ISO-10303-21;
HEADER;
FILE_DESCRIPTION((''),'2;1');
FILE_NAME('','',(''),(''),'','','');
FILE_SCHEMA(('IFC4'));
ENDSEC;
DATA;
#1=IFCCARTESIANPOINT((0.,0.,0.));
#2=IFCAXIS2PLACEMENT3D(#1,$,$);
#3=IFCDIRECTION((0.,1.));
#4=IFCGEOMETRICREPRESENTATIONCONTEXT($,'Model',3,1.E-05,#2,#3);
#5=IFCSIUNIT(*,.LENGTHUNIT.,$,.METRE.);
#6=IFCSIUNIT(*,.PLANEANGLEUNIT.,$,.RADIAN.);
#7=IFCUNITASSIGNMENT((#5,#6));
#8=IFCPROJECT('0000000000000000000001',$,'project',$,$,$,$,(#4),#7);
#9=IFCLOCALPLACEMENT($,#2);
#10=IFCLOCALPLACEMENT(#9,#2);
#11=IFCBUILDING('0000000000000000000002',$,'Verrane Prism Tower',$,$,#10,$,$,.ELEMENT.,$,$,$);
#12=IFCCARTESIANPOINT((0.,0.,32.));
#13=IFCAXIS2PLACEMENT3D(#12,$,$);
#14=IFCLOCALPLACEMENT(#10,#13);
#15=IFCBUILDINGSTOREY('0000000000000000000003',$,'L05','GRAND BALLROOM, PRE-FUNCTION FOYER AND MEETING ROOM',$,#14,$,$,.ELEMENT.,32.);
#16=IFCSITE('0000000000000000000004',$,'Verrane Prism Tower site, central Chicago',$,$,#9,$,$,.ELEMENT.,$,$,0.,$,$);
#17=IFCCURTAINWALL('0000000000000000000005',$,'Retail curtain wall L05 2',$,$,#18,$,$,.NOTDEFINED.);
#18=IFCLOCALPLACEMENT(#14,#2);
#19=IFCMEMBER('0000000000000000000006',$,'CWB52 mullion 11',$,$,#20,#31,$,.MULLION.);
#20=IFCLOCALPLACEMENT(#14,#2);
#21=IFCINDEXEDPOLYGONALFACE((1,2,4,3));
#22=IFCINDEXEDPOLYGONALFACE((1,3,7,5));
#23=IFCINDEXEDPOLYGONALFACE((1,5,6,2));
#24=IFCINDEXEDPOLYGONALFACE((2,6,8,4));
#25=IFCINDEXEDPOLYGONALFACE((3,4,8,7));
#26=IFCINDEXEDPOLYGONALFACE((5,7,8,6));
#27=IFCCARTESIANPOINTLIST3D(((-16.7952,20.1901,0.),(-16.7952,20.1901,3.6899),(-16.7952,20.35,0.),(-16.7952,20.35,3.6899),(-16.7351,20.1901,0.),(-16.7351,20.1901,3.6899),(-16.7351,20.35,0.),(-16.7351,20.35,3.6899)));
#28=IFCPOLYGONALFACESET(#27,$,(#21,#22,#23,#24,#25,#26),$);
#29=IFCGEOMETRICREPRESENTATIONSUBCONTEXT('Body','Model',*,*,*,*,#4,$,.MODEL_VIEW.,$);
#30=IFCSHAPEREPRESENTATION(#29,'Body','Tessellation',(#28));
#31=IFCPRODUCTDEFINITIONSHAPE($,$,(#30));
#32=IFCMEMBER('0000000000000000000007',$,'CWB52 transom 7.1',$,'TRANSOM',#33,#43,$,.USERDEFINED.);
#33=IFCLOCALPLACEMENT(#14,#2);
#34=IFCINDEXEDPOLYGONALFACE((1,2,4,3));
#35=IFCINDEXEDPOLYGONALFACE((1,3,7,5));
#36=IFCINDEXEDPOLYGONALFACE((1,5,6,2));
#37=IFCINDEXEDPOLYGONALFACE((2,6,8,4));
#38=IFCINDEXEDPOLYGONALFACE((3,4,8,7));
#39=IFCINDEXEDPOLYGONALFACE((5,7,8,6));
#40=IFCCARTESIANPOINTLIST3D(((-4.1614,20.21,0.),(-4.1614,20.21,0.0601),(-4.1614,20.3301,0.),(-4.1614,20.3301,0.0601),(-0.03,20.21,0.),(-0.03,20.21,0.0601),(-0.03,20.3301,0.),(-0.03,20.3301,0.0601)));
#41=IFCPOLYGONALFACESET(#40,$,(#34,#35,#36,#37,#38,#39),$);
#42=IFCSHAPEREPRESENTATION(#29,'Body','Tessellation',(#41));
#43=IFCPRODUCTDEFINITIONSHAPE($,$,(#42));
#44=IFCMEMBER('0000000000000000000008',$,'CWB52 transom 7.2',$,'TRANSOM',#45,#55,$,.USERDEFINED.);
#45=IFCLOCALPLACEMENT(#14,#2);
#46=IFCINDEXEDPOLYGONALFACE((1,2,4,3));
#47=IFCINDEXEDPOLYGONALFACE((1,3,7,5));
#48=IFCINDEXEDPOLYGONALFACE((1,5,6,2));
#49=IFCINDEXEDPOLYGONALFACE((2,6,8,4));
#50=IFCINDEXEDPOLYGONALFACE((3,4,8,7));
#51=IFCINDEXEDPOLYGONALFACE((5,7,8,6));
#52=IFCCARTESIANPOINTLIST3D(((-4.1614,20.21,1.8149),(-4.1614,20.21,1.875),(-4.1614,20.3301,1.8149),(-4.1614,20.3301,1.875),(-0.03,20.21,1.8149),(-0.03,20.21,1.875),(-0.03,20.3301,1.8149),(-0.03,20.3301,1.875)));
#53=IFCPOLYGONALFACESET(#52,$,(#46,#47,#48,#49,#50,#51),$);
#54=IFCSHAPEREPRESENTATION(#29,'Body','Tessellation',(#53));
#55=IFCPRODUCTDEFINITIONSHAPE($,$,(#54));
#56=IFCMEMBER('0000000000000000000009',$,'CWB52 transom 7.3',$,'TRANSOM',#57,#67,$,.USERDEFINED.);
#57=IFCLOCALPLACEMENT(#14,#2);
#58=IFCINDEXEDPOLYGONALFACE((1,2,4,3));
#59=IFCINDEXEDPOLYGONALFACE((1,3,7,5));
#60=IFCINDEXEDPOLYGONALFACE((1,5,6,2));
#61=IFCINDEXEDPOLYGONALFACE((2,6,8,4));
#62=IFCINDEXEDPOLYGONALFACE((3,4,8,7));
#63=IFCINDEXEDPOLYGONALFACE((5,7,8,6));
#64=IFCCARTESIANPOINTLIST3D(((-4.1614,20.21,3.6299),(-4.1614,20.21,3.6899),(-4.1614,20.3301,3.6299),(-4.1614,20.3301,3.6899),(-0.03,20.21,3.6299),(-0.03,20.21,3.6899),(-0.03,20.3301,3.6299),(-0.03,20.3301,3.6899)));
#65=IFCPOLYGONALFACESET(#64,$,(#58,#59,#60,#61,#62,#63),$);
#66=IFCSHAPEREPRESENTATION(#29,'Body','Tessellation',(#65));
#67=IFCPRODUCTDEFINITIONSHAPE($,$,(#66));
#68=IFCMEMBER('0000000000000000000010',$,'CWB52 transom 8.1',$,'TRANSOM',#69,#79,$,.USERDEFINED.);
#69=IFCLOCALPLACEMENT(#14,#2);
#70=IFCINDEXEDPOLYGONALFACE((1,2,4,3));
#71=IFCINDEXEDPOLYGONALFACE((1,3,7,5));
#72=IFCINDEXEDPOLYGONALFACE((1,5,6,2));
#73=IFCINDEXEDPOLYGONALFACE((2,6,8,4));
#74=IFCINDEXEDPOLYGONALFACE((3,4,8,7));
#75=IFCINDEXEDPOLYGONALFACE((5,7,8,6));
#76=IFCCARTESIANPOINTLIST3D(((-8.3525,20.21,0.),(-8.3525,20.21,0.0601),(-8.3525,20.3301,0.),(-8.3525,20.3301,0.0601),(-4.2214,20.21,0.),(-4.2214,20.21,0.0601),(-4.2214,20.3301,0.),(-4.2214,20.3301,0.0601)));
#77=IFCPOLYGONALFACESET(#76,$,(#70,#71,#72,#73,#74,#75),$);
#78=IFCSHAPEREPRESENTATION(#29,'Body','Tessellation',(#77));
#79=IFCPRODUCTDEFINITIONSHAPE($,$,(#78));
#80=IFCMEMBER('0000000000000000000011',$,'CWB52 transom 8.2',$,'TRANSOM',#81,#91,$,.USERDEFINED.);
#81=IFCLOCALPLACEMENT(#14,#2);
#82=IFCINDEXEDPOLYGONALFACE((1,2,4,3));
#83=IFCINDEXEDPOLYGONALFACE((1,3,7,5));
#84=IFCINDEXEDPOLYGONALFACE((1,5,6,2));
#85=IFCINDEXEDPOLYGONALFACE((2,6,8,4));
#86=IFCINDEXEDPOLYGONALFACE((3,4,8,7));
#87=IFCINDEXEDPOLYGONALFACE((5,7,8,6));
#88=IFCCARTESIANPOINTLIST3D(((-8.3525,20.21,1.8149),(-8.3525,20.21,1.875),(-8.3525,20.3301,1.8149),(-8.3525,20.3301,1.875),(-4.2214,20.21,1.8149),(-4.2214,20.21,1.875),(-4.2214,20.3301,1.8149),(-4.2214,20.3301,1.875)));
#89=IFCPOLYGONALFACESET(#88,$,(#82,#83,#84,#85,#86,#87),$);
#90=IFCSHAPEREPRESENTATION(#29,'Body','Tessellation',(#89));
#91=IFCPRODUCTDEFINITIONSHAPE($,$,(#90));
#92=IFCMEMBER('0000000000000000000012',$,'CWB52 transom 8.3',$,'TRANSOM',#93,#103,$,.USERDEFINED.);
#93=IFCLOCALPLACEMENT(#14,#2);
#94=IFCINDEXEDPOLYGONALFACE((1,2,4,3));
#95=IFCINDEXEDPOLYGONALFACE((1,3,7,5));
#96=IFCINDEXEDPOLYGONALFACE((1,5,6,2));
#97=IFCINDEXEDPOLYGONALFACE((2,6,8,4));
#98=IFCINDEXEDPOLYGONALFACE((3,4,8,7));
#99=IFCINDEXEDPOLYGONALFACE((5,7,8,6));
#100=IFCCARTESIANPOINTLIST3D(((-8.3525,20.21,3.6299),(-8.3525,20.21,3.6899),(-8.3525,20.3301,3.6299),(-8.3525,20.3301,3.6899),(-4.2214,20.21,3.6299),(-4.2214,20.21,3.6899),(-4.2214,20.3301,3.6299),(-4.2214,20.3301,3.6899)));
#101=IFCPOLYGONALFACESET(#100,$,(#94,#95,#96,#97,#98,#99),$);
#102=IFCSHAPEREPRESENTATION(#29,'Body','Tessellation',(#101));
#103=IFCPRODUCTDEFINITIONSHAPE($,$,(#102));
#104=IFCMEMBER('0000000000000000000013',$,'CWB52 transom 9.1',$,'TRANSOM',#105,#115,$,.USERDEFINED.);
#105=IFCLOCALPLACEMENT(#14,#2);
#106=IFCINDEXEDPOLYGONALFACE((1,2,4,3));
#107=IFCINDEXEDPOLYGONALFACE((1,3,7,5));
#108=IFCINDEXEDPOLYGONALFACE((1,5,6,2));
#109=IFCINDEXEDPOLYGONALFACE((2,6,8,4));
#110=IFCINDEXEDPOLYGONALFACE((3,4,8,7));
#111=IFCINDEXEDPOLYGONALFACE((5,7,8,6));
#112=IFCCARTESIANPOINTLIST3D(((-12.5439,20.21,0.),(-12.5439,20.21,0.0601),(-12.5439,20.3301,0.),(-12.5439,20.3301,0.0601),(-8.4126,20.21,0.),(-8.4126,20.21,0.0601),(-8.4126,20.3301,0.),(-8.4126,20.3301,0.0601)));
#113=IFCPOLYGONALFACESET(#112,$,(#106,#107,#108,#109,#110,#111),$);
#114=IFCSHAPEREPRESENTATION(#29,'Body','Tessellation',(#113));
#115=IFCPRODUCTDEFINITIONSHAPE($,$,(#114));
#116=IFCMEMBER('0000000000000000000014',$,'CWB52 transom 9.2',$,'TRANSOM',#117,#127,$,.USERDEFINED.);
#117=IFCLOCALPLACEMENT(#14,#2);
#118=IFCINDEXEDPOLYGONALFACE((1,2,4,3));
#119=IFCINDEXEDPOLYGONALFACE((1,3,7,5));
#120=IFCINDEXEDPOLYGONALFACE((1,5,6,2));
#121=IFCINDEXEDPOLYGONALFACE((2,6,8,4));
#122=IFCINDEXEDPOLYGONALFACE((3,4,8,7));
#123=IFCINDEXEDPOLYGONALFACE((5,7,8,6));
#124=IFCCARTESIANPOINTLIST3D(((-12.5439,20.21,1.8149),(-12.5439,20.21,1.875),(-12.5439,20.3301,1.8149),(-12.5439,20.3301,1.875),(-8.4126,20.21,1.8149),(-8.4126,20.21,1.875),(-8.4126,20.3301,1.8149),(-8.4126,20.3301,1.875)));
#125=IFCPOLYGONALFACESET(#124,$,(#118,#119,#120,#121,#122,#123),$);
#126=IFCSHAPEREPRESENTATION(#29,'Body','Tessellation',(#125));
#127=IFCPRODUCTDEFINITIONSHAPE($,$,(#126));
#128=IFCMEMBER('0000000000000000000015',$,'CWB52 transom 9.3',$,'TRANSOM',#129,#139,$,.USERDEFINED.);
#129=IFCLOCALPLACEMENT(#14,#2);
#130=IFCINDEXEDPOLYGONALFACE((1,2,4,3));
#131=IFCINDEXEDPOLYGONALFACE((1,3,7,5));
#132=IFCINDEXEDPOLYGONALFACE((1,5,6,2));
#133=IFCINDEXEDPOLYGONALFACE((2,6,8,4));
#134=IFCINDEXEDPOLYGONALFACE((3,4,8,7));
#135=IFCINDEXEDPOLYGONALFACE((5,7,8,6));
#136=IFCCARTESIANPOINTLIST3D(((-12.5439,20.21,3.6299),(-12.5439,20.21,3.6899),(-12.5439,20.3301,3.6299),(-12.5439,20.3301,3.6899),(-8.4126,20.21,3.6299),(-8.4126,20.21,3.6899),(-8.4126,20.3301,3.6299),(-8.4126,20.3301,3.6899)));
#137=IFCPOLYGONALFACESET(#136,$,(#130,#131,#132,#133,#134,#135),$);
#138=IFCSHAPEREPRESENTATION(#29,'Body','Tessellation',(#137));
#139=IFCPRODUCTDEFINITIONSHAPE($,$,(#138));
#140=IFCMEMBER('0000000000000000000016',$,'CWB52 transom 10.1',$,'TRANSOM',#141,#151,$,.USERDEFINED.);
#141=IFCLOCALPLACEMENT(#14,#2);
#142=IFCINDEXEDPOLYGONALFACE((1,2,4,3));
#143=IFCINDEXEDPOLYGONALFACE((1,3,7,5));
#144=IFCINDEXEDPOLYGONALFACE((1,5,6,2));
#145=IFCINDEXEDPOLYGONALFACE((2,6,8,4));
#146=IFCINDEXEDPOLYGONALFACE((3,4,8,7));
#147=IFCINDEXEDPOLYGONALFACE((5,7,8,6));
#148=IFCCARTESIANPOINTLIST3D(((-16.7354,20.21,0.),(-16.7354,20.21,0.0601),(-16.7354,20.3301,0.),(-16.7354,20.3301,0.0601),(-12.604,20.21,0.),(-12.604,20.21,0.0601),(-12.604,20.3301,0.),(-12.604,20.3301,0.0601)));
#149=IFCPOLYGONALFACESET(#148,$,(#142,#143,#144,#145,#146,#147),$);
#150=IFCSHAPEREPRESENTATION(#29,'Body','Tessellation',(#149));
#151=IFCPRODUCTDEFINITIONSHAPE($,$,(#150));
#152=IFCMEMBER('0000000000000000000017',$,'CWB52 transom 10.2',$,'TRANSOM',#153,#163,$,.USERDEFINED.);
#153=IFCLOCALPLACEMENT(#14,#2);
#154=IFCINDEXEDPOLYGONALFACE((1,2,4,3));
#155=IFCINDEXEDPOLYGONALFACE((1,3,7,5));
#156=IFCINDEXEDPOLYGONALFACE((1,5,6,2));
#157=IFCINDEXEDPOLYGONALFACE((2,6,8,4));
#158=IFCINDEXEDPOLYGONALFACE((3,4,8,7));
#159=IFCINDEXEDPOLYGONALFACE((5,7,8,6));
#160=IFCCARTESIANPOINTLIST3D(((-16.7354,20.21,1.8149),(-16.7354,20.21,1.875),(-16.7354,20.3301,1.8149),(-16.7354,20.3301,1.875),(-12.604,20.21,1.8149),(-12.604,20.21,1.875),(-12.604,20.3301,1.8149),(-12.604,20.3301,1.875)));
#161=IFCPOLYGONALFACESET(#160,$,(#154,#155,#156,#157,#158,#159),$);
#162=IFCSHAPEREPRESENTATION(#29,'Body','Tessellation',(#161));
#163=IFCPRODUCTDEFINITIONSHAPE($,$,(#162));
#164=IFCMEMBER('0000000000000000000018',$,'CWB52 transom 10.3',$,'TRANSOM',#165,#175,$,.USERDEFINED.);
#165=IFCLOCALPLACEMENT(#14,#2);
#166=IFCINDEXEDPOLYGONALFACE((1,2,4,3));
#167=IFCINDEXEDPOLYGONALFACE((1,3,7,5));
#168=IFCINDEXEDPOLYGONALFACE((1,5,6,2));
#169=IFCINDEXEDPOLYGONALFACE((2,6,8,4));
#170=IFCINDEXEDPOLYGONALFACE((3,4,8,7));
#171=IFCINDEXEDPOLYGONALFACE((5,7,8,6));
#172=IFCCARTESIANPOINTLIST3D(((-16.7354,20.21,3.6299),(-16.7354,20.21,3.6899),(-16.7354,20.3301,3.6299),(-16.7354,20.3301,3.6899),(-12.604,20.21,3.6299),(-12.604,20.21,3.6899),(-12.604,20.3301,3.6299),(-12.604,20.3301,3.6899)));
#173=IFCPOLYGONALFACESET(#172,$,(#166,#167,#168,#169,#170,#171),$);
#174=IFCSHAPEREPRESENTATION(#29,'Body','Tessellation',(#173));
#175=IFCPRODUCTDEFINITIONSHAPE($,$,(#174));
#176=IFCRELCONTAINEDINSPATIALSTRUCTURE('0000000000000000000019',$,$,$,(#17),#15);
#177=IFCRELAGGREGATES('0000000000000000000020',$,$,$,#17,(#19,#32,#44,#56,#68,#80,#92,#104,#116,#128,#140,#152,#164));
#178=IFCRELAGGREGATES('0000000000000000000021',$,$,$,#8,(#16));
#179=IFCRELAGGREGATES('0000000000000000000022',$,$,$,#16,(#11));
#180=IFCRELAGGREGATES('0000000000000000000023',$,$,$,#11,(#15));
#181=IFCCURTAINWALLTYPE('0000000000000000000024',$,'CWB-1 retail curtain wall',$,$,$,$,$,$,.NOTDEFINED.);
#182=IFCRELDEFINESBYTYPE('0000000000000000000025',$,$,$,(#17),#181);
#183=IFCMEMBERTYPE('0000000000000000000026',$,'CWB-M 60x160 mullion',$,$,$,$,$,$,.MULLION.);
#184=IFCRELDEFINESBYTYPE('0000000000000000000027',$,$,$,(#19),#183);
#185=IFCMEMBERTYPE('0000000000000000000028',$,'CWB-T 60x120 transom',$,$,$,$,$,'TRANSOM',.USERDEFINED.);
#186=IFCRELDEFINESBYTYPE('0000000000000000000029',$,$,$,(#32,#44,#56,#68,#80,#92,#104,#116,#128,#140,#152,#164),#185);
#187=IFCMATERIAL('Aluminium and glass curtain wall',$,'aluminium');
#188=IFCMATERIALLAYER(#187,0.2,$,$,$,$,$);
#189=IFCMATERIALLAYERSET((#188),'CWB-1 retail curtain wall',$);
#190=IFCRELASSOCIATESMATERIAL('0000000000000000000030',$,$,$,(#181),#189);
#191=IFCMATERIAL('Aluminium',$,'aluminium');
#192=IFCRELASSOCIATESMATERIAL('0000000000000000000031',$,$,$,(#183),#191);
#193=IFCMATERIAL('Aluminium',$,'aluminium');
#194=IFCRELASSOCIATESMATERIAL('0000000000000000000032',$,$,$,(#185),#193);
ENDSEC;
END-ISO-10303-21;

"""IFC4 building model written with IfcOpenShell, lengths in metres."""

from ifc_helpers import new_model, si_unit, direction, frame, origin, origin_2d, place, context, subcontext, project, spatial, rectangle, extrude, material, layer, layer_set, material_profile, profile_set, type_object, element, aggregate, save


model = new_model("IFC4")

# Units and contexts
model_context = context("Model", 3, precision=1e-05, world=origin(), true_north=direction((0.0, 1.0)))
body_context = subcontext(model_context, "Body", "Model", "MODEL_VIEW")
ifc_project = project(units=[si_unit("LENGTHUNIT", "METRE"), si_unit("PLANEANGLEUNIT", "RADIAN")], contexts=[model_context])

# Site, building, storey
site_placement = place(None, origin())
site = spatial("IfcSite", under=ifc_project, at=site_placement, Name="Verrane Prism Tower site, central Chicago", CompositionType="ELEMENT", RefElevation=0.0)
building_placement = place(site_placement, origin())
building = spatial("IfcBuilding", under=site, at=building_placement, Name="Verrane Prism Tower", CompositionType="ELEMENT")
storey_placement = place(building_placement, frame((0.0, 0.0, 32.0)))
storey = spatial("IfcBuildingStorey", under=building, at=storey_placement, Name="L05", Description="GRAND BALLROOM, PRE-FUNCTION FOYER AND MEETING ROOM", CompositionType="ELEMENT", Elevation=32.0)

# Curtain wall, members
ifc_material_1 = material(Name="Aluminium and glass curtain wall", Category="aluminium")
ifc_layer_1 = layer(ifc_material_1, 0.2)
ifc_layer_set_1 = layer_set([ifc_layer_1], Name="CWB-1 retail curtain wall")
curtain_wall_type = type_object("IfcCurtainWallType", Name="CWB-1 retail curtain wall", PredefinedType="NOTDEFINED", material=ifc_layer_set_1)
curtain_wall_placement = place(storey_placement, origin())
curtain_wall = element("IfcCurtainWall", 1, at=curtain_wall_placement, inside=storey, type_object=curtain_wall_type, Name="Retail curtain wall L05 2", PredefinedType="NOTDEFINED")
ifc_material_2 = material(Name="Aluminium", Category="aluminium")
ifc_material_profile_1 = material_profile(ifc_material_2, rectangle(XDim=0.1599, YDim=0.0601, at=origin_2d()), Name="CWB-M 60x160 mullion")
ifc_profile_set_1 = profile_set([ifc_material_profile_1], Name="Aluminium")
member_type_1 = type_object("IfcMemberType", Name="CWB-M 60x160 mullion", PredefinedType="MULLION", material=ifc_profile_set_1)
member_1_placement = place(storey_placement, frame((-16.7651, 20.27, 0.0), z_axis=(0.0, 0.0, 1.0), x_axis=(0.0, -1.0, 0.0)))
member_1 = element("IfcMember", 2, at=member_1_placement, type_object=member_type_1, Name="CWB52 mullion 11", PredefinedType="MULLION", context=body_context, shape_type="SweptSolid", body=[
    extrude(rectangle(XDim=0.1599, YDim=0.0601, at=origin_2d()), origin(), (0.0, 0.0, 1.0), 3.6899),
])
ifc_material_3 = material(Name="Aluminium", Category="aluminium")
ifc_material_profile_2 = material_profile(ifc_material_3, rectangle(XDim=0.1201, YDim=0.0601, at=origin_2d()), Name="CWB-T 60x120 transom")
ifc_profile_set_2 = profile_set([ifc_material_profile_2], Name="Aluminium")
member_type_2 = type_object("IfcMemberType", Name="CWB-T 60x120 transom", ElementType="TRANSOM", PredefinedType="USERDEFINED", material=ifc_profile_set_2)
member_2_placement = place(storey_placement, frame((-0.03, 20.27, 0.03), z_axis=(-1.0, 0.0, 0.0), x_axis=(0.0, -1.0, 0.0)))
member_2 = element("IfcMember", 3, at=member_2_placement, type_object=member_type_2, Name="CWB52 transom 7.1", ObjectType="TRANSOM", PredefinedType="USERDEFINED", context=body_context, shape_type="SweptSolid", body=[
    extrude(rectangle(XDim=0.1201, YDim=0.0601, at=origin_2d()), origin(), (0.0, 0.0, 1.0), 4.1313),
])
member_3_placement = place(storey_placement, frame((-0.03, 20.27, 1.845), z_axis=(-1.0, 0.0, 0.0), x_axis=(0.0, -1.0, 0.0)))
member_3 = element("IfcMember", 4, at=member_3_placement, type_object=member_type_2, Name="CWB52 transom 7.2", ObjectType="TRANSOM", PredefinedType="USERDEFINED", context=body_context, shape_type="SweptSolid", body=[
    extrude(rectangle(XDim=0.1201, YDim=0.0601, at=origin_2d()), origin(), (0.0, 0.0, 1.0), 4.1313),
])
member_4_placement = place(storey_placement, frame((-0.03, 20.27, 3.6599), z_axis=(-1.0, 0.0, 0.0), x_axis=(0.0, -1.0, 0.0)))
member_4 = element("IfcMember", 5, at=member_4_placement, type_object=member_type_2, Name="CWB52 transom 7.3", ObjectType="TRANSOM", PredefinedType="USERDEFINED", context=body_context, shape_type="SweptSolid", body=[
    extrude(rectangle(XDim=0.1201, YDim=0.0601, at=origin_2d()), origin(), (0.0, 0.0, 1.0), 4.1313),
])
member_5_placement = place(storey_placement, frame((-4.2214, 20.27, 0.03), z_axis=(-1.0, 0.0, 0.0), x_axis=(0.0, -1.0, 0.0)))
member_5 = element("IfcMember", 6, at=member_5_placement, type_object=member_type_2, Name="CWB52 transom 8.1", ObjectType="TRANSOM", PredefinedType="USERDEFINED", context=body_context, shape_type="SweptSolid", body=[
    extrude(rectangle(XDim=0.1201, YDim=0.0601, at=origin_2d()), origin(), (0.0, 0.0, 1.0), 4.1311),
])
member_6_placement = place(storey_placement, frame((-4.2214, 20.27, 1.845), z_axis=(-1.0, 0.0, 0.0), x_axis=(0.0, -1.0, 0.0)))
member_6 = element("IfcMember", 7, at=member_6_placement, type_object=member_type_2, Name="CWB52 transom 8.2", ObjectType="TRANSOM", PredefinedType="USERDEFINED", context=body_context, shape_type="SweptSolid", body=[
    extrude(rectangle(XDim=0.1201, YDim=0.0601, at=origin_2d()), origin(), (0.0, 0.0, 1.0), 4.1311),
])
member_7_placement = place(storey_placement, frame((-4.2214, 20.27, 3.6599), z_axis=(-1.0, 0.0, 0.0), x_axis=(0.0, -1.0, 0.0)))
member_7 = element("IfcMember", 8, at=member_7_placement, type_object=member_type_2, Name="CWB52 transom 8.3", ObjectType="TRANSOM", PredefinedType="USERDEFINED", context=body_context, shape_type="SweptSolid", body=[
    extrude(rectangle(XDim=0.1201, YDim=0.0601, at=origin_2d()), origin(), (0.0, 0.0, 1.0), 4.1311),
])
member_8_placement = place(storey_placement, frame((-8.4126, 20.27, 0.03), z_axis=(-1.0, 0.0, 0.0), x_axis=(0.0, -1.0, 0.0)))
member_8 = element("IfcMember", 9, at=member_8_placement, type_object=member_type_2, Name="CWB52 transom 9.1", ObjectType="TRANSOM", PredefinedType="USERDEFINED", context=body_context, shape_type="SweptSolid", body=[
    extrude(rectangle(XDim=0.1201, YDim=0.0601, at=origin_2d()), origin(), (0.0, 0.0, 1.0), 4.1313),
])
member_9_placement = place(storey_placement, frame((-8.4126, 20.27, 1.845), z_axis=(-1.0, 0.0, 0.0), x_axis=(0.0, -1.0, 0.0)))
member_9 = element("IfcMember", 10, at=member_9_placement, type_object=member_type_2, Name="CWB52 transom 9.2", ObjectType="TRANSOM", PredefinedType="USERDEFINED", context=body_context, shape_type="SweptSolid", body=[
    extrude(rectangle(XDim=0.1201, YDim=0.0601, at=origin_2d()), origin(), (0.0, 0.0, 1.0), 4.1313),
])
member_10_placement = place(storey_placement, frame((-8.4126, 20.27, 3.6599), z_axis=(-1.0, 0.0, 0.0), x_axis=(0.0, -1.0, 0.0)))
member_10 = element("IfcMember", 11, at=member_10_placement, type_object=member_type_2, Name="CWB52 transom 9.3", ObjectType="TRANSOM", PredefinedType="USERDEFINED", context=body_context, shape_type="SweptSolid", body=[
    extrude(rectangle(XDim=0.1201, YDim=0.0601, at=origin_2d()), origin(), (0.0, 0.0, 1.0), 4.1313),
])
member_11_placement = place(storey_placement, frame((-12.604, 20.27, 0.03), z_axis=(-1.0, 0.0, 0.0), x_axis=(0.0, -1.0, 0.0)))
member_11 = element("IfcMember", 12, at=member_11_placement, type_object=member_type_2, Name="CWB52 transom 10.1", ObjectType="TRANSOM", PredefinedType="USERDEFINED", context=body_context, shape_type="SweptSolid", body=[
    extrude(rectangle(XDim=0.1201, YDim=0.0601, at=origin_2d()), origin(), (0.0, 0.0, 1.0), 4.1313),
])
member_12_placement = place(storey_placement, frame((-12.604, 20.27, 1.845), z_axis=(-1.0, 0.0, 0.0), x_axis=(0.0, -1.0, 0.0)))
member_12 = element("IfcMember", 13, at=member_12_placement, type_object=member_type_2, Name="CWB52 transom 10.2", ObjectType="TRANSOM", PredefinedType="USERDEFINED", context=body_context, shape_type="SweptSolid", body=[
    extrude(rectangle(XDim=0.1201, YDim=0.0601, at=origin_2d()), origin(), (0.0, 0.0, 1.0), 4.1313),
])
member_13_placement = place(storey_placement, frame((-12.604, 20.27, 3.6599), z_axis=(-1.0, 0.0, 0.0), x_axis=(0.0, -1.0, 0.0)))
member_13 = element("IfcMember", 14, at=member_13_placement, type_object=member_type_2, Name="CWB52 transom 10.3", ObjectType="TRANSOM", PredefinedType="USERDEFINED", context=body_context, shape_type="SweptSolid", body=[
    extrude(rectangle(XDim=0.1201, YDim=0.0601, at=origin_2d()), origin(), (0.0, 0.0, 1.0), 4.1313),
])

aggregate(curtain_wall, [member_1, member_2, member_3, member_4, member_5, member_6, member_7, member_8, member_9, member_10, member_11, member_12, member_13])

save(model, "model.ifc")
